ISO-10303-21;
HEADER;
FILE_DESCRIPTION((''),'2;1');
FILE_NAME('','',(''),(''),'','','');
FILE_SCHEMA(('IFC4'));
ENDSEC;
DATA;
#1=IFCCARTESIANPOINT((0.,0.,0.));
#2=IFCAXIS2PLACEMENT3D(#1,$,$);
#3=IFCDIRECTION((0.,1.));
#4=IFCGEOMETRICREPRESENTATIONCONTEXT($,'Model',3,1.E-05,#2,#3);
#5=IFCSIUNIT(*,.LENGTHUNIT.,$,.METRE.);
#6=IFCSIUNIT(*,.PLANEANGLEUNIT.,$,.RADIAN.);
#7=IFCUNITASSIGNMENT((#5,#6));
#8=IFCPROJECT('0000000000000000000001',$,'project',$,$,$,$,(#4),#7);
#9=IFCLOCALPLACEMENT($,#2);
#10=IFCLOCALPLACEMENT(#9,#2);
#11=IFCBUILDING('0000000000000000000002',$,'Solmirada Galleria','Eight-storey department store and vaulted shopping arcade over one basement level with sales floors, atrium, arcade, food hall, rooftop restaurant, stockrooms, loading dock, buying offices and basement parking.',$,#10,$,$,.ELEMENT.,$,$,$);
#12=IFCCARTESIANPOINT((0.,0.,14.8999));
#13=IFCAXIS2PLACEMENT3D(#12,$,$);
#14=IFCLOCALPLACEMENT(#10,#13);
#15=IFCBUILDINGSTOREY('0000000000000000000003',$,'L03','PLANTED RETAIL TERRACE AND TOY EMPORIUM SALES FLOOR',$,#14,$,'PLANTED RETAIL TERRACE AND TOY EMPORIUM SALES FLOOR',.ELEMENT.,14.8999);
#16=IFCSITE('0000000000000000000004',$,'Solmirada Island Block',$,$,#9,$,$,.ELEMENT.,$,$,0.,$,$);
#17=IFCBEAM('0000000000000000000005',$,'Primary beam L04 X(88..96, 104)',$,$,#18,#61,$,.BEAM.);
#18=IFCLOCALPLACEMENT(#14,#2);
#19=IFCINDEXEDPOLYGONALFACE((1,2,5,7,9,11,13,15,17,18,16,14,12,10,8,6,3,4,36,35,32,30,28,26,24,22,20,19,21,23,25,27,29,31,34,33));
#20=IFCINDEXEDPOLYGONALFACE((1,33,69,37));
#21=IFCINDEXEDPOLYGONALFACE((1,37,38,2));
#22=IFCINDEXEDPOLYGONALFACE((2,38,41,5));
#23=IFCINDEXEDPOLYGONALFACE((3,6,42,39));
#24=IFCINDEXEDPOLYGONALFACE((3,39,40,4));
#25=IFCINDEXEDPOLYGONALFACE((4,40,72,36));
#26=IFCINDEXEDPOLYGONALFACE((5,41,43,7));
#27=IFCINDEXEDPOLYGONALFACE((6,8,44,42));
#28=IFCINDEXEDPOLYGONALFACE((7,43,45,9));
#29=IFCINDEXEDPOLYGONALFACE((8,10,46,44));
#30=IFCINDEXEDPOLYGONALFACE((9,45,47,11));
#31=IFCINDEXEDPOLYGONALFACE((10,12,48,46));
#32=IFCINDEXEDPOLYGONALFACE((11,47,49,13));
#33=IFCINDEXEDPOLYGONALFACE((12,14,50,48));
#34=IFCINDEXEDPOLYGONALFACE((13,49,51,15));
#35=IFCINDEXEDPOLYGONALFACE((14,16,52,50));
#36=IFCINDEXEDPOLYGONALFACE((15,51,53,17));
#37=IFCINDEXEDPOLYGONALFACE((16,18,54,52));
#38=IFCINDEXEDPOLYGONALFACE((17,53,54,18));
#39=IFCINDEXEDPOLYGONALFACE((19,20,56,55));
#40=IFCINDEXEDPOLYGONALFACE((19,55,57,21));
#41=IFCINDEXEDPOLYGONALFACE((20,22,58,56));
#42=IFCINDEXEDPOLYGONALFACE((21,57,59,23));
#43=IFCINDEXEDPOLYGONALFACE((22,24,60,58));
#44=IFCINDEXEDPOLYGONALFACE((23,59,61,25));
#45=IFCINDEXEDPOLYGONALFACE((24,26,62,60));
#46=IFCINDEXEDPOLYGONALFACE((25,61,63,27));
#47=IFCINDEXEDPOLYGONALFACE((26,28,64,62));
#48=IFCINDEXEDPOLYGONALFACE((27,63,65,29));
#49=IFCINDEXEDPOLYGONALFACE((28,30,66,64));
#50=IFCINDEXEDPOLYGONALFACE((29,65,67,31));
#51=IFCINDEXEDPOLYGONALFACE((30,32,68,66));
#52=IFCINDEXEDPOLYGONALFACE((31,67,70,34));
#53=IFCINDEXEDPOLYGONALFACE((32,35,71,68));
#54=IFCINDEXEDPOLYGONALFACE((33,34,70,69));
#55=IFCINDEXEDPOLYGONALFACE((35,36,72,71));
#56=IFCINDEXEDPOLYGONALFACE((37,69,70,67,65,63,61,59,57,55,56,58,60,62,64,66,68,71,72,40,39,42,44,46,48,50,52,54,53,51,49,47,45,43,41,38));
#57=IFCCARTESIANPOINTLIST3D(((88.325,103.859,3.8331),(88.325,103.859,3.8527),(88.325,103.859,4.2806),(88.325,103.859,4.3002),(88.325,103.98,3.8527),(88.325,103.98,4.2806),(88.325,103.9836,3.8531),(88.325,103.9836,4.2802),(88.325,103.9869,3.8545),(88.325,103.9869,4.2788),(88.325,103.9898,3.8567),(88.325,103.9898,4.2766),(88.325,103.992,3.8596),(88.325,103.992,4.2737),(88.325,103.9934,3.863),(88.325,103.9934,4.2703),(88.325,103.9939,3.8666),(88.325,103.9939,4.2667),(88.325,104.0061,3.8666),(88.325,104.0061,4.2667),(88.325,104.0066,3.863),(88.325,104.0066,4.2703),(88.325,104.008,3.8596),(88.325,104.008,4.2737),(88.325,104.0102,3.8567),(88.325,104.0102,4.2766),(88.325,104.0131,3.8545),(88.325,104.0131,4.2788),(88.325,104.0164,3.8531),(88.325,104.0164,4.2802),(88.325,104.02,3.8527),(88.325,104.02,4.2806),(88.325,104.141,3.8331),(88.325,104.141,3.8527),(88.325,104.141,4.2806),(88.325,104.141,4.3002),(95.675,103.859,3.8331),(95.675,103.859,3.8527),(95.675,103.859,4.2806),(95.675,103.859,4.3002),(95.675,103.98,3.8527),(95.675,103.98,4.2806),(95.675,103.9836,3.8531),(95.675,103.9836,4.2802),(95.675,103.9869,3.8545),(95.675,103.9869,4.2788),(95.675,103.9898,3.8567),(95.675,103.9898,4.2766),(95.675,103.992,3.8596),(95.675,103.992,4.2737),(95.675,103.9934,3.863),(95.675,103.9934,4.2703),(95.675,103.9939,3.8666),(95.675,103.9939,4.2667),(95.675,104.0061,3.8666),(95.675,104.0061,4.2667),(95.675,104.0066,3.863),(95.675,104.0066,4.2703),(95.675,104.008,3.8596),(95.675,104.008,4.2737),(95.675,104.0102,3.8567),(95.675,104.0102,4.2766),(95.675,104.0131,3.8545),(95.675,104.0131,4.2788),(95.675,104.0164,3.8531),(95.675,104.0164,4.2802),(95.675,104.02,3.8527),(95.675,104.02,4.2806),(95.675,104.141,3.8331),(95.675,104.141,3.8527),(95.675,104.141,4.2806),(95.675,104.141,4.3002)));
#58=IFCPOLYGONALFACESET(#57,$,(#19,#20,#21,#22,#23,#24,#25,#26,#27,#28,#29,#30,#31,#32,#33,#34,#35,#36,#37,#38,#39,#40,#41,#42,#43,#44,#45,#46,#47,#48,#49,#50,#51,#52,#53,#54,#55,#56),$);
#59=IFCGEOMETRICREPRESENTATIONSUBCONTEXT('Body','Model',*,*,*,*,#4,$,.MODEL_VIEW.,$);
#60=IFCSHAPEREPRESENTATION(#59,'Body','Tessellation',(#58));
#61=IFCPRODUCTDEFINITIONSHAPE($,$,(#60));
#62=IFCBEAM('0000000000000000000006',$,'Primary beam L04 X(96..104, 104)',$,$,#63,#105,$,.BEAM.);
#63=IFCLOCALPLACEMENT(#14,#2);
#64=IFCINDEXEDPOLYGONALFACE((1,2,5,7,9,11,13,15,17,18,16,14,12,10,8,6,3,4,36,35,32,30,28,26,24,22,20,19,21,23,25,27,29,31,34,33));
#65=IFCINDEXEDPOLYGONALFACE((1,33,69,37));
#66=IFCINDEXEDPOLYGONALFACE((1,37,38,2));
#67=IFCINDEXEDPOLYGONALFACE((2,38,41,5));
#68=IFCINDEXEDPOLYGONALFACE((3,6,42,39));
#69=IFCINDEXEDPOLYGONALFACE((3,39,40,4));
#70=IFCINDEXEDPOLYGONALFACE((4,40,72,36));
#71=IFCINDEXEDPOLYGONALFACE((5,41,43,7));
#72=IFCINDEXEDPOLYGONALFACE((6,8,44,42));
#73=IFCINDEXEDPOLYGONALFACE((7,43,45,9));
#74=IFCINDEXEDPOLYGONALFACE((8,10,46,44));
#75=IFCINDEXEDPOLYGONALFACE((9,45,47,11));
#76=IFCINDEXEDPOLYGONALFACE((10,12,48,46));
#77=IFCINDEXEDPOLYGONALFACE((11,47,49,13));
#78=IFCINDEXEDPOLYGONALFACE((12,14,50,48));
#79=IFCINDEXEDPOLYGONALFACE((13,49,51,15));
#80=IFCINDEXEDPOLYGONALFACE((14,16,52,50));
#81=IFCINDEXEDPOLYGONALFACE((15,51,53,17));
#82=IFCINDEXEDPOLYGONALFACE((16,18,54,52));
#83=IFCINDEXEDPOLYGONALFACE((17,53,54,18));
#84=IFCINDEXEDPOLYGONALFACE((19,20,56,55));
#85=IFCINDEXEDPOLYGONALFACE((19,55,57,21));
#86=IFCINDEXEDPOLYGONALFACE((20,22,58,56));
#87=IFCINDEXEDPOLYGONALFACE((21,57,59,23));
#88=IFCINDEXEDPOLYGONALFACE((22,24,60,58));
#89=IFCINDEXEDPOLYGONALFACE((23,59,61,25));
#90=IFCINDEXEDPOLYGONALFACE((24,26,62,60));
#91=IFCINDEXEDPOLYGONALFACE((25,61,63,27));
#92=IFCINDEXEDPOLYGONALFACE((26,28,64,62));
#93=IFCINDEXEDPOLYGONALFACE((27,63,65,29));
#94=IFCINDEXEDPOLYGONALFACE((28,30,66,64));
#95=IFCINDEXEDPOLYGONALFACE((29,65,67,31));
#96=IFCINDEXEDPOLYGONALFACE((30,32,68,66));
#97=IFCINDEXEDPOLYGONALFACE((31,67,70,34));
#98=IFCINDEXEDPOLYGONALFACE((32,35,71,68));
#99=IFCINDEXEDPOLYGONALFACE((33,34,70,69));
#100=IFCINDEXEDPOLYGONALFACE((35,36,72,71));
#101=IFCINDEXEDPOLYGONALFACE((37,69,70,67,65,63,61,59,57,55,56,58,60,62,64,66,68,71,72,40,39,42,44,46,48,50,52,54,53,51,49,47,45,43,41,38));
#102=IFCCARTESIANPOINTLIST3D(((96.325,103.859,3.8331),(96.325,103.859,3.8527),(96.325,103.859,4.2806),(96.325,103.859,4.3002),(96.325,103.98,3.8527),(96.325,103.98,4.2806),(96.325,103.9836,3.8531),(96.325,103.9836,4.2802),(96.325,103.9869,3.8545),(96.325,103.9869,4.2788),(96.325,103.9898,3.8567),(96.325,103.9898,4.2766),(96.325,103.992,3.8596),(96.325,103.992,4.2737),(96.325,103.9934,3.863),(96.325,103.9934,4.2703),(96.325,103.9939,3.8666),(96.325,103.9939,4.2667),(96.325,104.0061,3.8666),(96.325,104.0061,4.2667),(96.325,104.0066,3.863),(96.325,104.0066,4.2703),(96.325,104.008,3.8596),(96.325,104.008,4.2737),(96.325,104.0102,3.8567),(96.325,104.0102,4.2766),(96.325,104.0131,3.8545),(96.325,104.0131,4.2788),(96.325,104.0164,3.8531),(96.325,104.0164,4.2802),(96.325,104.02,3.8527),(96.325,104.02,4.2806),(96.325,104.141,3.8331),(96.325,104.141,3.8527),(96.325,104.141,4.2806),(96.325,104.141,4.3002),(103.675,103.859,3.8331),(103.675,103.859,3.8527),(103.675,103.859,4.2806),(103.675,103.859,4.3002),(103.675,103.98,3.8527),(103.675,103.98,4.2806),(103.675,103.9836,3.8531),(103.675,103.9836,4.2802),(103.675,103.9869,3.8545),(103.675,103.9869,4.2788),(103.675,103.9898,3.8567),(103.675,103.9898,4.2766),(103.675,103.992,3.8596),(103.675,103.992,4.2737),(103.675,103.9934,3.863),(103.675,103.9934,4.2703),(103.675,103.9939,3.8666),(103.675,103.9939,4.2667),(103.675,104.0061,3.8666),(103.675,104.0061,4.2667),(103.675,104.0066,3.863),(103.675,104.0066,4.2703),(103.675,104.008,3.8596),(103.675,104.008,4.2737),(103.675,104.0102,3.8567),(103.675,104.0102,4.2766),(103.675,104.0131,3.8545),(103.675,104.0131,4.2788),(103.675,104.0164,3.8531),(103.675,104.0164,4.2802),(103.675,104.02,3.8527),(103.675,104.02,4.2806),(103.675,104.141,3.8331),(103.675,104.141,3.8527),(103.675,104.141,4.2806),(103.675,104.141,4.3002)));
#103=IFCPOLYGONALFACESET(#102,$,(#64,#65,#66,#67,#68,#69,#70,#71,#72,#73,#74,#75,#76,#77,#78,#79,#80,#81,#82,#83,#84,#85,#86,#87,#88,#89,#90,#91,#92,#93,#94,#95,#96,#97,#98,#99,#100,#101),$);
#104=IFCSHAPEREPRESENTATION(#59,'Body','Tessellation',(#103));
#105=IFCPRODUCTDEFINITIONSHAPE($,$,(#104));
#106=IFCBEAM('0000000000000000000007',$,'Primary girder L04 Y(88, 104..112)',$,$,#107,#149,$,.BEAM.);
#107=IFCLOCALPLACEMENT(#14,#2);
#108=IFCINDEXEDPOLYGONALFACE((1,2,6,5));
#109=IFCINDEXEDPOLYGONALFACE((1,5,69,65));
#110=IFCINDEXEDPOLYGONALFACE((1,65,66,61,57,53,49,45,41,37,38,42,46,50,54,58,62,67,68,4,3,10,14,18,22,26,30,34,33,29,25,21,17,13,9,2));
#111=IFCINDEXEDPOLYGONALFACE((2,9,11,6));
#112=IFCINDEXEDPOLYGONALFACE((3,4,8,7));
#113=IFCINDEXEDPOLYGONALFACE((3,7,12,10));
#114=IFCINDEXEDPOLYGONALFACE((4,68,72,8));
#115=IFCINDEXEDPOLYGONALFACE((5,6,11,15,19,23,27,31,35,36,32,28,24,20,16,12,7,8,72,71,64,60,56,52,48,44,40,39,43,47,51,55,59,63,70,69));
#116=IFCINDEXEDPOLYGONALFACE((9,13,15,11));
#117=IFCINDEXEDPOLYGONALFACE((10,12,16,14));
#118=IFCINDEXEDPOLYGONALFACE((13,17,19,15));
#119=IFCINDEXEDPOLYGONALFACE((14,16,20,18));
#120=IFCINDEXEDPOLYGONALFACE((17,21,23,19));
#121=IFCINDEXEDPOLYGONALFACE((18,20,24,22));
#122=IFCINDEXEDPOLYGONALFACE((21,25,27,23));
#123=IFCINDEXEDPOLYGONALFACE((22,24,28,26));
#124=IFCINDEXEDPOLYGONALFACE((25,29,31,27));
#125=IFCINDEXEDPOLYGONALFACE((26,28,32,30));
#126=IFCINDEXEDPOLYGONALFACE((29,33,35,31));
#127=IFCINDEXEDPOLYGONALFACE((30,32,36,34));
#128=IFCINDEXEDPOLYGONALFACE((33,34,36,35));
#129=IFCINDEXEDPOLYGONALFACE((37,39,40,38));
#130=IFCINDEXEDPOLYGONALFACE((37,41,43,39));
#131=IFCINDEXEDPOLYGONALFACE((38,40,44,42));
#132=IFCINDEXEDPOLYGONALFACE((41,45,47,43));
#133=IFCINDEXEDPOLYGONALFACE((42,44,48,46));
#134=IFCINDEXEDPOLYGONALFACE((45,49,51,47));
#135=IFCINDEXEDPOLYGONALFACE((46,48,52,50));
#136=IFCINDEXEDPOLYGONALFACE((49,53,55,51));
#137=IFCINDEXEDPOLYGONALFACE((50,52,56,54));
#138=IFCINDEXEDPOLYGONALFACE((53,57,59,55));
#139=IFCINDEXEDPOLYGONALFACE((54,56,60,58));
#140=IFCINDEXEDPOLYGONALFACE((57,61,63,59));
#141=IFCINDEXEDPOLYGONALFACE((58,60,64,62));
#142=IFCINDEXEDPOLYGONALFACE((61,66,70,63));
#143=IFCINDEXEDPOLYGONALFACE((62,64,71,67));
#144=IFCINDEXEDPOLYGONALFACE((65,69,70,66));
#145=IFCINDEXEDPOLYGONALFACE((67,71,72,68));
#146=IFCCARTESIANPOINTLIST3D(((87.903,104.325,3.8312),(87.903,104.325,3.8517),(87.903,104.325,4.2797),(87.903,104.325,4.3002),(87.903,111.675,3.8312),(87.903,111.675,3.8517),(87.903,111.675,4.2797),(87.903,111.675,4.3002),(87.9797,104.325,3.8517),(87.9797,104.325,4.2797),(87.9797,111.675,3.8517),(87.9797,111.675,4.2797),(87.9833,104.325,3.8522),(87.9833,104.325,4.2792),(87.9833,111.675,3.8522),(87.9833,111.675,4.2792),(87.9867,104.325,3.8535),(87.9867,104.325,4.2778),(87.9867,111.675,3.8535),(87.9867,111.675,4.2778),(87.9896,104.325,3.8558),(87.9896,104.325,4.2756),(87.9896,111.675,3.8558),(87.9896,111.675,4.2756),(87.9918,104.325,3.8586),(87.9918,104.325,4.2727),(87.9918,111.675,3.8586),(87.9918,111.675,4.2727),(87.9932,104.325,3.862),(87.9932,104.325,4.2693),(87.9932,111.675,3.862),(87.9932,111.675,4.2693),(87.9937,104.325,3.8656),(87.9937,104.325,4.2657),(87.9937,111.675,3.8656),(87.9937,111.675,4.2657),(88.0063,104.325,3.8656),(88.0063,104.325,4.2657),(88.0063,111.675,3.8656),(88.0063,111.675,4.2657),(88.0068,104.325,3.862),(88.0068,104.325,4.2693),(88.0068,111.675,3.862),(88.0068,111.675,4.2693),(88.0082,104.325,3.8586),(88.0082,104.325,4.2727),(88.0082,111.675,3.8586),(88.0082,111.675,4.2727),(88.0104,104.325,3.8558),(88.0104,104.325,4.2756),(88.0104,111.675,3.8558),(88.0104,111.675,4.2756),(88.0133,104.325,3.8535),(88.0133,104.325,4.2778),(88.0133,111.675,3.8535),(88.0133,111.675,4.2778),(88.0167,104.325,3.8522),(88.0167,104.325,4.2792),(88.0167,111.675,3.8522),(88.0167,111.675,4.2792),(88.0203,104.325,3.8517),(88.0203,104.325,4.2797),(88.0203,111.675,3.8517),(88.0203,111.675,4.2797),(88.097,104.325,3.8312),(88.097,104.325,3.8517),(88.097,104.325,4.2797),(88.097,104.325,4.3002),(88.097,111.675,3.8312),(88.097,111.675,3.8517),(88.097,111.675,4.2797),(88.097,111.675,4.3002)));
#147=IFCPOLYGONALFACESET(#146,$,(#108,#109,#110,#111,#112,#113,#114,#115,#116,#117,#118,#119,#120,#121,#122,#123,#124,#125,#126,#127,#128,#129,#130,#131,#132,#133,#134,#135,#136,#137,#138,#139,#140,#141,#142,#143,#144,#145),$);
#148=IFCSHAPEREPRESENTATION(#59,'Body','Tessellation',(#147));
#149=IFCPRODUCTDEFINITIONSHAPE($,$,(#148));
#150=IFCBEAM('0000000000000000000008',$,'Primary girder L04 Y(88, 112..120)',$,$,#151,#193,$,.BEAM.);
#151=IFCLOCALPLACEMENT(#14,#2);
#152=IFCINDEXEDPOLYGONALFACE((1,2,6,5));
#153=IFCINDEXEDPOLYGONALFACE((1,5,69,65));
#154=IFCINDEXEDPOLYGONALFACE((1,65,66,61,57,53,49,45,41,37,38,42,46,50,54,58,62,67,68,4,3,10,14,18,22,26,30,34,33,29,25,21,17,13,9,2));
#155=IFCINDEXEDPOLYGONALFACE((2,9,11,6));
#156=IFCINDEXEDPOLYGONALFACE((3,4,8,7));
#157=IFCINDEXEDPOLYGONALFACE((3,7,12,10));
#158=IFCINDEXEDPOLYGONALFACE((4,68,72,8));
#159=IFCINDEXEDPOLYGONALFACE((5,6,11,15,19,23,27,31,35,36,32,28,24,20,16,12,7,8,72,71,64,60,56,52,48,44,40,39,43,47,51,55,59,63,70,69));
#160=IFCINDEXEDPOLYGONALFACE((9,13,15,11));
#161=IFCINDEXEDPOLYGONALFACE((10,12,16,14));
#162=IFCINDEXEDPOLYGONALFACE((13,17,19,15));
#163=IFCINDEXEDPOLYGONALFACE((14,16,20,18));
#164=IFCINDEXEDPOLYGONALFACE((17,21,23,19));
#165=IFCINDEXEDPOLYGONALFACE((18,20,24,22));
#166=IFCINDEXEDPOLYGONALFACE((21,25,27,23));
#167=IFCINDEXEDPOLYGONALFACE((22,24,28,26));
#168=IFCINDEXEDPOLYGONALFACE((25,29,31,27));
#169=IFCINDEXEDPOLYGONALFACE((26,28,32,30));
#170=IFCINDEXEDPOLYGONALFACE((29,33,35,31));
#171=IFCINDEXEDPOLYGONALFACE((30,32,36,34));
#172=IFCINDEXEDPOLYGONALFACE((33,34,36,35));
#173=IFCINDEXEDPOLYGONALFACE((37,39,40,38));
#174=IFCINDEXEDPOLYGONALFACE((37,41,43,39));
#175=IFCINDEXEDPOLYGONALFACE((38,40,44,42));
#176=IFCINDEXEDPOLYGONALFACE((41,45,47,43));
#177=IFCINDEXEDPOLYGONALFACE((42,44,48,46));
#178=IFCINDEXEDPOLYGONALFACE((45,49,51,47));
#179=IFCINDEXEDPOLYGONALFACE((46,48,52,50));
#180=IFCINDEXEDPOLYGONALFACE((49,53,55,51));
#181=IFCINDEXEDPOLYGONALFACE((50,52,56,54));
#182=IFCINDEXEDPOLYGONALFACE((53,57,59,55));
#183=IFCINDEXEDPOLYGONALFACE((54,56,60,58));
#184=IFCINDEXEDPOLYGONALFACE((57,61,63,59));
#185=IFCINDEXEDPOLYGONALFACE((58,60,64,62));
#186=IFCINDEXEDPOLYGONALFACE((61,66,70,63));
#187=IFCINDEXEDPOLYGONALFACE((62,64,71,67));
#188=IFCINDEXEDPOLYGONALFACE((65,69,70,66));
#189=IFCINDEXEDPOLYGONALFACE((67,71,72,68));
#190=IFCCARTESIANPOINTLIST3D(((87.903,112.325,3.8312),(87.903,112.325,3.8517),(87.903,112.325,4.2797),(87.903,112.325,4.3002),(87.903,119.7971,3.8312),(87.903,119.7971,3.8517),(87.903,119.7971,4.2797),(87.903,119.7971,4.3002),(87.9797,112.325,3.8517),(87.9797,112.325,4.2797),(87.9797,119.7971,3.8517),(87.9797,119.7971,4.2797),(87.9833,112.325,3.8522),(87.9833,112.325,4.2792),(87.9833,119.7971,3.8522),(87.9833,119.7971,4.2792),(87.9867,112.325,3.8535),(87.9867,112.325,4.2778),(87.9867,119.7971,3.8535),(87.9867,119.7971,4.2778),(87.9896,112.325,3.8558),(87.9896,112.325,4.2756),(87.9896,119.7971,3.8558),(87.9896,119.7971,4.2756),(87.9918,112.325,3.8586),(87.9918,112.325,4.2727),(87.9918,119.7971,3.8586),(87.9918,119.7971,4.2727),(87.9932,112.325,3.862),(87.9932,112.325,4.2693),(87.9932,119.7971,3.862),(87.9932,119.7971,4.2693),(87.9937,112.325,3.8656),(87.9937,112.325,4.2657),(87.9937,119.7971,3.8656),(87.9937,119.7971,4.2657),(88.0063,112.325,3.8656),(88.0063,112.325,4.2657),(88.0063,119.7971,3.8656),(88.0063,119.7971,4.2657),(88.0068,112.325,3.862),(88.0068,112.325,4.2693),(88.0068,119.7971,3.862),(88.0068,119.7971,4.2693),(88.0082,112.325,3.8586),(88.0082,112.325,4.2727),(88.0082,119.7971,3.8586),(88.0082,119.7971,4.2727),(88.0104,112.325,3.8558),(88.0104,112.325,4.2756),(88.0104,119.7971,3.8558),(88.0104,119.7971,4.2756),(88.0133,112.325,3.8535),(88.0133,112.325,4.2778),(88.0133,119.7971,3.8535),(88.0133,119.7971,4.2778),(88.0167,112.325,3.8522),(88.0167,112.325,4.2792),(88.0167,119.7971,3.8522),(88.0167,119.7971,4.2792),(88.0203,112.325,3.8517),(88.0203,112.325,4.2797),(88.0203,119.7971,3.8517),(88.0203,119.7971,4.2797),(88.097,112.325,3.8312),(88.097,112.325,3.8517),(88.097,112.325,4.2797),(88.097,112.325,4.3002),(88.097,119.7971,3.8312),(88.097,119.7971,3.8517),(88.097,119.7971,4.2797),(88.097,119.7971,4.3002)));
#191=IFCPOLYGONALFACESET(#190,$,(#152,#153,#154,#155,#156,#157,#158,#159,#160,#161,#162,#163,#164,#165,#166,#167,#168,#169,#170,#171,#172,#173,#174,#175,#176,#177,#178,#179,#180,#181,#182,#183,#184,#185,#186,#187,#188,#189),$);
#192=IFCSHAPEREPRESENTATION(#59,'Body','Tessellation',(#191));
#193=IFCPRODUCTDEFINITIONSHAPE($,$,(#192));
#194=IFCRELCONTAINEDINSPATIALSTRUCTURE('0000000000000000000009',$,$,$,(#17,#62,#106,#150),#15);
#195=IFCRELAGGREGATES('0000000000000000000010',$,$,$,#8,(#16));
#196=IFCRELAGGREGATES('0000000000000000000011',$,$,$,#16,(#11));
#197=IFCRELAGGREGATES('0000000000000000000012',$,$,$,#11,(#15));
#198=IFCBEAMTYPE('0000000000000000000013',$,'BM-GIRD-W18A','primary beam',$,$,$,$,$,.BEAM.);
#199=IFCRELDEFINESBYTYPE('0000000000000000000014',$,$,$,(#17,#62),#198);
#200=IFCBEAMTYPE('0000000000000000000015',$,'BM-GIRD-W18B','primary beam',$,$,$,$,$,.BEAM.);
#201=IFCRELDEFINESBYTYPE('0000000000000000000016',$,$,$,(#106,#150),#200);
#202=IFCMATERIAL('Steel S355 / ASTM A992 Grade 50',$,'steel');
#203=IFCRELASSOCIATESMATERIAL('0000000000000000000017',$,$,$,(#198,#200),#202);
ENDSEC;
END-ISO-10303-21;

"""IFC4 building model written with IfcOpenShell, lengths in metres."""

from ifc_helpers import new_model, si_unit, direction, frame, origin, origin_2d, place, context, subcontext, project, spatial, i_section, extrude, material, material_profile, profile_set, type_object, element, save


model = new_model("IFC4")

# Units and contexts
model_context = context("Model", 3, precision=1e-05, world=origin(), true_north=direction((0.0, 1.0)))
body_context = subcontext(model_context, "Body", "Model", "MODEL_VIEW")
ifc_project = project(units=[si_unit("LENGTHUNIT", "METRE"), si_unit("PLANEANGLEUNIT", "RADIAN")], contexts=[model_context])

# Site, building, storey
site_placement = place(None, origin())
site = spatial("IfcSite", under=ifc_project, at=site_placement, Name="Solmirada Island Block", CompositionType="ELEMENT", RefElevation=0.0)
building_placement = place(site_placement, origin())
building = spatial("IfcBuilding", under=site, at=building_placement, Name="Solmirada Galleria", Description="Eight-storey department store and vaulted shopping arcade over one basement level with sales floors, atrium, arcade, food hall, rooftop restaurant, stockrooms, loading dock, buying offices and basement parking.", CompositionType="ELEMENT")
storey_placement = place(building_placement, frame((0.0, 0.0, 14.8999)))
storey = spatial("IfcBuildingStorey", under=building, at=storey_placement, Name="L03", Description="PLANTED RETAIL TERRACE AND TOY EMPORIUM SALES FLOOR", LongName="PLANTED RETAIL TERRACE AND TOY EMPORIUM SALES FLOOR", CompositionType="ELEMENT", Elevation=14.8999)

# Beams
ifc_material_1 = material(Name="Steel S355 / ASTM A992 Grade 50", Category="steel")
ifc_material_profile_1 = material_profile(ifc_material_1, i_section(OverallWidth=0.282, OverallDepth=0.467, WebThickness=0.0122, FlangeThickness=0.0195, FilletRadius=0.0139, at=origin_2d()), Name="W18X86")
ifc_profile_set_1 = profile_set([ifc_material_profile_1], Name="Steel S355 / ASTM A992 Grade 50")
beam_type_1 = type_object("IfcBeamType", Name="BM-GIRD-W18A", Description="primary beam", PredefinedType="BEAM", material=ifc_profile_set_1)
for number, where, z_axis, x_axis, name in (
    (1, (88.325, 104.0, 4.0667), (1.0, 0.0, 0.0), (0.0, 1.0, 0.0), "Primary beam L04 X(88..96, 104)"),
    (2, (96.325, 104.0, 4.0667), (1.0, 0.0, 0.0), (0.0, 1.0, 0.0), "Primary beam L04 X(96..104, 104)"),
):
    element("IfcBeam", number, at=place(storey_placement, frame(where, z_axis=z_axis, x_axis=x_axis)), inside=storey, type_object=beam_type_1, Name=name, PredefinedType="BEAM", context=body_context, shape_type="SweptSolid", body=[
        extrude(i_section(OverallWidth=0.282, OverallDepth=0.467, WebThickness=0.0122, FlangeThickness=0.0195, FilletRadius=0.0139, at=origin_2d()), origin(), (0.0, 0.0, 1.0), 7.3501),
    ])
ifc_material_profile_2 = material_profile(ifc_material_1, i_section(OverallWidth=0.1941, OverallDepth=0.469, WebThickness=0.0127, FlangeThickness=0.0205, FilletRadius=0.0139, at=origin_2d()), Name="W18X71")
ifc_profile_set_2 = profile_set([ifc_material_profile_2], Name="Steel S355 / ASTM A992 Grade 50")
beam_type_2 = type_object("IfcBeamType", Name="BM-GIRD-W18B", Description="primary beam", PredefinedType="BEAM", material=ifc_profile_set_2)
beam_1_placement = place(storey_placement, frame((88.0, 104.325, 4.0657), z_axis=(0.0, 1.0, 0.0), x_axis=(-1.0, 0.0, 0.0)))
element("IfcBeam", 3, at=beam_1_placement, inside=storey, type_object=beam_type_2, Name="Primary girder L04 Y(88, 104..112)", PredefinedType="BEAM", context=body_context, shape_type="SweptSolid", body=[
    extrude(i_section(OverallWidth=0.1941, OverallDepth=0.469, WebThickness=0.0127, FlangeThickness=0.0205, FilletRadius=0.0139, at=origin_2d()), origin(), (0.0, 0.0, 1.0), 7.3501),
])
beam_2_placement = place(storey_placement, frame((88.0, 112.325, 4.0657), z_axis=(0.0, 1.0, 0.0), x_axis=(-1.0, 0.0, 0.0)))
element("IfcBeam", 4, at=beam_2_placement, inside=storey, type_object=beam_type_2, Name="Primary girder L04 Y(88, 112..120)", PredefinedType="BEAM", context=body_context, shape_type="SweptSolid", body=[
    extrude(i_section(OverallWidth=0.1941, OverallDepth=0.469, WebThickness=0.0127, FlangeThickness=0.0205, FilletRadius=0.0139, at=origin_2d()), origin(), (0.0, 0.0, 1.0), 7.4722),
])

save(model, "model.ifc")
